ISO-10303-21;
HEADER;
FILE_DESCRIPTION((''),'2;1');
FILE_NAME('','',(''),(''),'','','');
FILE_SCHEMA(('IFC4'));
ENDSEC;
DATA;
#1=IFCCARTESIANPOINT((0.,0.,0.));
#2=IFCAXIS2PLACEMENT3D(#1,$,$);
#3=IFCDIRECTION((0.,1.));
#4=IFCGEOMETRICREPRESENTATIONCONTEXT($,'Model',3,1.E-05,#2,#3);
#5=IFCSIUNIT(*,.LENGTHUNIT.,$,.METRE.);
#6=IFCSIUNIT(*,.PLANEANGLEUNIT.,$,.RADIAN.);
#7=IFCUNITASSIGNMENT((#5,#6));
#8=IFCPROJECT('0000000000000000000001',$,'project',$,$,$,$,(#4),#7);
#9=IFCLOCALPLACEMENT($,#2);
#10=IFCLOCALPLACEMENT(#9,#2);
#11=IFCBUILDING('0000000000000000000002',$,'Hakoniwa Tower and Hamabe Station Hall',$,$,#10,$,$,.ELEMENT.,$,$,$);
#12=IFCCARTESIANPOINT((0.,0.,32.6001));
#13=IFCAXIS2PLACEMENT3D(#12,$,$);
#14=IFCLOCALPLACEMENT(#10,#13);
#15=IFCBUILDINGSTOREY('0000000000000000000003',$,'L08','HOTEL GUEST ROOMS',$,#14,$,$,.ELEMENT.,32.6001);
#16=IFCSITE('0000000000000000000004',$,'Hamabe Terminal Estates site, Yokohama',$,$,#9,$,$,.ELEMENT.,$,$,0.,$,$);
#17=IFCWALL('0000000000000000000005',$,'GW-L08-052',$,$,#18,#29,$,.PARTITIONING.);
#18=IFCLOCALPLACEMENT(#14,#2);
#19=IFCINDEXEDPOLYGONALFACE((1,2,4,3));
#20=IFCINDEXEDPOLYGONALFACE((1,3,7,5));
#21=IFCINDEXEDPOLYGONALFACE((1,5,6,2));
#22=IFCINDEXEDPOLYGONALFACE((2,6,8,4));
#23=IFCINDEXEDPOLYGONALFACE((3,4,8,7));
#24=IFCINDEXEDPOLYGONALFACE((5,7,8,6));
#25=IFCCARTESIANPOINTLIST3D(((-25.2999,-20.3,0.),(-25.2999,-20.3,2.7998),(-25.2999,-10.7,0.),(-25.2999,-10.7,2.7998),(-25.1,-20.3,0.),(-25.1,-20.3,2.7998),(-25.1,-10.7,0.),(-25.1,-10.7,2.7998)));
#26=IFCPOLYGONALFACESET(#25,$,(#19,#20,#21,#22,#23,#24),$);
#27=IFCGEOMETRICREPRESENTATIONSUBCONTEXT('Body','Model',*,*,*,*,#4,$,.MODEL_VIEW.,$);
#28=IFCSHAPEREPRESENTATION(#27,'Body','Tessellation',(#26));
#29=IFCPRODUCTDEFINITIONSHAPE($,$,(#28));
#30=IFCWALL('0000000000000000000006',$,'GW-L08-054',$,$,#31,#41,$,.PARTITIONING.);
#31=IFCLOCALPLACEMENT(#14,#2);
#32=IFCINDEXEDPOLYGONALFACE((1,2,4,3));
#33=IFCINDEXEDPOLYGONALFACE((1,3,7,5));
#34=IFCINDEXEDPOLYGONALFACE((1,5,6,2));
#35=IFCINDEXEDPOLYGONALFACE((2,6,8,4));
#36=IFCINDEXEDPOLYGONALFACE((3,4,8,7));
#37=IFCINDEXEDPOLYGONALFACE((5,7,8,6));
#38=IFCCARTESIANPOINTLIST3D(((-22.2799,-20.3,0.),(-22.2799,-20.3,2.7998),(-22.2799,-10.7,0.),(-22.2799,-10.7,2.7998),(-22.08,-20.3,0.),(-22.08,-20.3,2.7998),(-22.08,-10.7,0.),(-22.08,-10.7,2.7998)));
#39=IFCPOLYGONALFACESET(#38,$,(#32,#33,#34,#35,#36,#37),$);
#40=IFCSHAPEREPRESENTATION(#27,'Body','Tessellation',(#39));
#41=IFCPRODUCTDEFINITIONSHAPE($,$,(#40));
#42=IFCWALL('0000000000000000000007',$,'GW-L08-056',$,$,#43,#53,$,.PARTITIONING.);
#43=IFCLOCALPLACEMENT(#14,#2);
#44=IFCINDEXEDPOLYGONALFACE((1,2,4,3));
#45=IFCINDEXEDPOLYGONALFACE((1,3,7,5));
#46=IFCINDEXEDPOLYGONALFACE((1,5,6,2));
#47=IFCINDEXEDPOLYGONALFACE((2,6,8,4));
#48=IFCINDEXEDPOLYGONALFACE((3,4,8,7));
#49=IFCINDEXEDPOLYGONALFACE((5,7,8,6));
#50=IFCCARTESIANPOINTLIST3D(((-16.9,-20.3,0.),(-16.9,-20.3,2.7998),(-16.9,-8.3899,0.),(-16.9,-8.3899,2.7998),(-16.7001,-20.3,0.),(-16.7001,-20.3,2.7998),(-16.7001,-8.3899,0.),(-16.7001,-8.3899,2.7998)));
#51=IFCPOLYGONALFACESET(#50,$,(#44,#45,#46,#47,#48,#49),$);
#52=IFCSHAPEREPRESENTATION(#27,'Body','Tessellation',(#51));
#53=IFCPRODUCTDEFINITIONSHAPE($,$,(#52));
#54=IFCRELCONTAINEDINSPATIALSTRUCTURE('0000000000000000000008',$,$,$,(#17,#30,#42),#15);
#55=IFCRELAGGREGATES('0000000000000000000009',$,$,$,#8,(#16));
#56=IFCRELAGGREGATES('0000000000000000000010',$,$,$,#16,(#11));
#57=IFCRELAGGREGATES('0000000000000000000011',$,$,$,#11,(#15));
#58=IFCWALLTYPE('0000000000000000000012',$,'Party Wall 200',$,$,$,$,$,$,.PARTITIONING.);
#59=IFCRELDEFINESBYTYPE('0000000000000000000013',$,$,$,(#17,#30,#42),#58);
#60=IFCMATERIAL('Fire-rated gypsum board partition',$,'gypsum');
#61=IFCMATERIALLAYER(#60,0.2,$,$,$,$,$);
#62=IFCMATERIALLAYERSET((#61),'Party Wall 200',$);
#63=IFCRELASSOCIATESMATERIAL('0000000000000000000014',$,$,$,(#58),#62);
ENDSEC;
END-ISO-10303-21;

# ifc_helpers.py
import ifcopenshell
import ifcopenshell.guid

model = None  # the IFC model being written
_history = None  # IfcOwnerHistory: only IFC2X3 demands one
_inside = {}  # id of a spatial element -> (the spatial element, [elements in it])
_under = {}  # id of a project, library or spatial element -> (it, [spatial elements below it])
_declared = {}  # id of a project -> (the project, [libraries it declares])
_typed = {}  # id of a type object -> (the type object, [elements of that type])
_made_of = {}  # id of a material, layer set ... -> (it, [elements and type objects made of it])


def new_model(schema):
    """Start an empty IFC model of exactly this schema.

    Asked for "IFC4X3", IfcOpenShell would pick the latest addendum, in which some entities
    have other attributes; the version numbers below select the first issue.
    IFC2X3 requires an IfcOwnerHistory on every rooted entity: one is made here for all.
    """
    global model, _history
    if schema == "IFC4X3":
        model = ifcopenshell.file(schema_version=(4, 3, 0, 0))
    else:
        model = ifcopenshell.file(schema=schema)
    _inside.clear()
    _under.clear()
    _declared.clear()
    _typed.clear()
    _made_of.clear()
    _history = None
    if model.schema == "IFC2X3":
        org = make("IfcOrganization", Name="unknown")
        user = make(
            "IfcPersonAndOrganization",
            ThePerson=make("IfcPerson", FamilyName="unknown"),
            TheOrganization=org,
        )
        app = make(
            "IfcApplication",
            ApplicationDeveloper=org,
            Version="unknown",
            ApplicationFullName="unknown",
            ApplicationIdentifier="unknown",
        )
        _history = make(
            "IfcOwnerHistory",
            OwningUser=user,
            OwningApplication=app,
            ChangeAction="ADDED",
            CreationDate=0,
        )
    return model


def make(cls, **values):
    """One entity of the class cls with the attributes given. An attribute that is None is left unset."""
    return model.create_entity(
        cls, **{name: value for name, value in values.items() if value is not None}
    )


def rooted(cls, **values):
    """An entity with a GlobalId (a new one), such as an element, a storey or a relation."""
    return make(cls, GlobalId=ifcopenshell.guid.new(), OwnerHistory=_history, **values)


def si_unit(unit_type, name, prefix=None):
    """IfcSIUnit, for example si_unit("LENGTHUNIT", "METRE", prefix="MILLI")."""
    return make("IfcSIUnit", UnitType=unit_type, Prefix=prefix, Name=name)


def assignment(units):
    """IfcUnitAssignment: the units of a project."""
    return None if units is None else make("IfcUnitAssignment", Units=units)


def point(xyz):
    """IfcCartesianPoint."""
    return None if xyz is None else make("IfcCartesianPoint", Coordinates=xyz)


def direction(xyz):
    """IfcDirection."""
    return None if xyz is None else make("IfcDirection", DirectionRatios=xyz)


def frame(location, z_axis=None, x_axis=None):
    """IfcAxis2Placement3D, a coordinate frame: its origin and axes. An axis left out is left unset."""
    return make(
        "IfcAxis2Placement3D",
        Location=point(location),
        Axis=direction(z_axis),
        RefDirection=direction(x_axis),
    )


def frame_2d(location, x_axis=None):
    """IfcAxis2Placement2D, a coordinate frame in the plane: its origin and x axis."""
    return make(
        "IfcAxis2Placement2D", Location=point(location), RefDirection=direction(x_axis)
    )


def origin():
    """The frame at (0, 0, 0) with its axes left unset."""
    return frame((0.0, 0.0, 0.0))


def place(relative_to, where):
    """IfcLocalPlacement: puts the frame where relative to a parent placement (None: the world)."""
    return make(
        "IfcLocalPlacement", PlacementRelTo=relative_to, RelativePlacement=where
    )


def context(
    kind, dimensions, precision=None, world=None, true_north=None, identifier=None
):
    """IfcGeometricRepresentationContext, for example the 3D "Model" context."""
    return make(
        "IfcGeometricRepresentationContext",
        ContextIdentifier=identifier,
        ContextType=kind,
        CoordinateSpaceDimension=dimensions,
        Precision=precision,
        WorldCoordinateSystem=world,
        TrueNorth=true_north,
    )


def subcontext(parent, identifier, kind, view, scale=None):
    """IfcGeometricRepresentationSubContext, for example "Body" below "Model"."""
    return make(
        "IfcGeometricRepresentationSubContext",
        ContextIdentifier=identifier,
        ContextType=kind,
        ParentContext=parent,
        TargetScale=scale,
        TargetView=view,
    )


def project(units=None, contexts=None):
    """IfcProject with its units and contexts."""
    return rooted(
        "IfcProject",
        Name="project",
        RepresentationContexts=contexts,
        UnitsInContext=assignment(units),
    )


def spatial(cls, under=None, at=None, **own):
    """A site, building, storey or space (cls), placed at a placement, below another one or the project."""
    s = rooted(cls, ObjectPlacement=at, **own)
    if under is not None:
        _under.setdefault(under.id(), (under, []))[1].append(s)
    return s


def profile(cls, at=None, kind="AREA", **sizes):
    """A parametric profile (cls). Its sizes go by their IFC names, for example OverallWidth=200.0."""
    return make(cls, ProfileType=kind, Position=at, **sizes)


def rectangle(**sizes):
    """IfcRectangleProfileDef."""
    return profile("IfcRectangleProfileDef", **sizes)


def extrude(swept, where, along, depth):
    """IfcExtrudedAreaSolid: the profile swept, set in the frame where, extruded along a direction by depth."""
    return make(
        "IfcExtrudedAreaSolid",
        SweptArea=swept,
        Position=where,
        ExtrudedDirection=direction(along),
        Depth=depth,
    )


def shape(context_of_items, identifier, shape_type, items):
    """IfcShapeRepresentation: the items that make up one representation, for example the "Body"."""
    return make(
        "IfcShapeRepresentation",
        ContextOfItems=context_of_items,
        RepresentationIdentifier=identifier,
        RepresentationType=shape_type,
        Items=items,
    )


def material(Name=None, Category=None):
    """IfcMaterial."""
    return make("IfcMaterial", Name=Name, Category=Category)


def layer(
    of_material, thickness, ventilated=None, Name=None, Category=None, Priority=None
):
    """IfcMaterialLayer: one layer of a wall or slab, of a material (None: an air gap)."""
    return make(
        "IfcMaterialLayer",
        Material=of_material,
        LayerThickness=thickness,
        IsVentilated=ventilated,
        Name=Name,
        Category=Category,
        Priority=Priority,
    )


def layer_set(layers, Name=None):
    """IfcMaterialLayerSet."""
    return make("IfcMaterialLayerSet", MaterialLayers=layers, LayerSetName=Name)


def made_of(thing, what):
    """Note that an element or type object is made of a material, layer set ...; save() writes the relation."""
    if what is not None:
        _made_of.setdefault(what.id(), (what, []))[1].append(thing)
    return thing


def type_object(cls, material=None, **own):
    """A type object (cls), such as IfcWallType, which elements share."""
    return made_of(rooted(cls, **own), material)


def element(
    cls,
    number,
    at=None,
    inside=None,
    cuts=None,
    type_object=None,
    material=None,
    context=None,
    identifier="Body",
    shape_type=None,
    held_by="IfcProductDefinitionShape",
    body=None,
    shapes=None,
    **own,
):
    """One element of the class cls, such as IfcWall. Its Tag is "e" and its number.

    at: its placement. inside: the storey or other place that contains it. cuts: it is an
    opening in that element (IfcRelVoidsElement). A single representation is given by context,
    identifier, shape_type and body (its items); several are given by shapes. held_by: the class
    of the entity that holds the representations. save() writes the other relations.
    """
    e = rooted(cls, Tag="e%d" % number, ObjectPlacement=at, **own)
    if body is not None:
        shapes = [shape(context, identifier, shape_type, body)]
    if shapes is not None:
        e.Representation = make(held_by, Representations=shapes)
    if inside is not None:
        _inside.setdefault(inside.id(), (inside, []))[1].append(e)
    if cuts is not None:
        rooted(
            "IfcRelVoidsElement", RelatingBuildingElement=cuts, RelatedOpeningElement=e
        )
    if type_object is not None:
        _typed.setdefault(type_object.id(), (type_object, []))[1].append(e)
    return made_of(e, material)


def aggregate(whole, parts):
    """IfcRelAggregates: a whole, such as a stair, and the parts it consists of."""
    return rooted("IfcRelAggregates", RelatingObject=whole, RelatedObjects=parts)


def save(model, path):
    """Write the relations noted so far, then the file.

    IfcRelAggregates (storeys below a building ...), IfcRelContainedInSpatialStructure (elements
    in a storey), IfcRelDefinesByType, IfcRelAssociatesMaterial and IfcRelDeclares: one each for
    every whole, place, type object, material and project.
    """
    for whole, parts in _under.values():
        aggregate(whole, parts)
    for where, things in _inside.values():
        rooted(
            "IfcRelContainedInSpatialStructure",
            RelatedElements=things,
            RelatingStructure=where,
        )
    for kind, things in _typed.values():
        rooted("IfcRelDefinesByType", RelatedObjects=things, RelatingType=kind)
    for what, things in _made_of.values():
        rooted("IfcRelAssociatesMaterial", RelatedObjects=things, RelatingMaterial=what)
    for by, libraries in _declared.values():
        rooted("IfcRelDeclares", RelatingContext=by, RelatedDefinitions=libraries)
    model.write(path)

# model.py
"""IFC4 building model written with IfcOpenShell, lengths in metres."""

from ifc_helpers import new_model, si_unit, direction, frame, frame_2d, origin, place, context, subcontext, project, spatial, rectangle, extrude, material, layer, layer_set, type_object, element, save


model = new_model("IFC4")

# Units and contexts
model_context = context("Model", 3, precision=1e-05, world=origin(), true_north=direction((0.0, 1.0)))
body_context = subcontext(model_context, "Body", "Model", "MODEL_VIEW")
ifc_project = project(units=[si_unit("LENGTHUNIT", "METRE"), si_unit("PLANEANGLEUNIT", "RADIAN")], contexts=[model_context])

# Site, building, storey
site_placement = place(None, origin())
site = spatial("IfcSite", under=ifc_project, at=site_placement, Name="Hamabe Terminal Estates site, Yokohama", CompositionType="ELEMENT", RefElevation=0.0)
building_placement = place(site_placement, origin())
building = spatial("IfcBuilding", under=site, at=building_placement, Name="Hakoniwa Tower and Hamabe Station Hall", CompositionType="ELEMENT")
storey_placement = place(building_placement, frame((0.0, 0.0, 32.6001)))
storey = spatial("IfcBuildingStorey", under=building, at=storey_placement, Name="L08", Description="HOTEL GUEST ROOMS", CompositionType="ELEMENT", Elevation=32.6001)

# Walls
ifc_material_1 = material(Name="Fire-rated gypsum board partition", Category="gypsum")
ifc_layer_1 = layer(ifc_material_1, 0.2)
ifc_layer_set_1 = layer_set([ifc_layer_1], Name="Party Wall 200")
wall_type_1 = type_object("IfcWallType", Name="Party Wall 200", PredefinedType="PARTITIONING", material=ifc_layer_set_1)
for number, where, z_axis, x_axis, name in (
    (1, (-25.2, -20.3, 0.0), (0.0, 0.0, 1.0), (0.0, 1.0, 0.0), "GW-L08-052"),
    (2, (-22.1799, -20.3, 0.0), (0.0, 0.0, 1.0), (0.0, 1.0, 0.0), "GW-L08-054"),
):
    element("IfcWall", number, at=place(storey_placement, frame(where, z_axis=z_axis, x_axis=x_axis)), inside=storey, type_object=wall_type_1, Name=name, PredefinedType="PARTITIONING", context=body_context, shape_type="SweptSolid", body=[
        extrude(rectangle(XDim=9.6001, YDim=0.2, at=frame_2d((4.8, 0.0))), origin(), (0.0, 0.0, 1.0), 2.7998),
    ])
wall_1_placement = place(storey_placement, frame((-16.8, -20.3, 0.0), z_axis=(0.0, 0.0, 1.0), x_axis=(0.0, 1.0, 0.0)))
element("IfcWall", 3, at=wall_1_placement, inside=storey, type_object=wall_type_1, Name="GW-L08-056", PredefinedType="PARTITIONING", context=body_context, shape_type="SweptSolid", body=[
    extrude(rectangle(XDim=11.9102, YDim=0.2, at=frame_2d((5.9551, 0.0))), origin(), (0.0, 0.0, 1.0), 2.7998),
])

save(model, "model.ifc")
